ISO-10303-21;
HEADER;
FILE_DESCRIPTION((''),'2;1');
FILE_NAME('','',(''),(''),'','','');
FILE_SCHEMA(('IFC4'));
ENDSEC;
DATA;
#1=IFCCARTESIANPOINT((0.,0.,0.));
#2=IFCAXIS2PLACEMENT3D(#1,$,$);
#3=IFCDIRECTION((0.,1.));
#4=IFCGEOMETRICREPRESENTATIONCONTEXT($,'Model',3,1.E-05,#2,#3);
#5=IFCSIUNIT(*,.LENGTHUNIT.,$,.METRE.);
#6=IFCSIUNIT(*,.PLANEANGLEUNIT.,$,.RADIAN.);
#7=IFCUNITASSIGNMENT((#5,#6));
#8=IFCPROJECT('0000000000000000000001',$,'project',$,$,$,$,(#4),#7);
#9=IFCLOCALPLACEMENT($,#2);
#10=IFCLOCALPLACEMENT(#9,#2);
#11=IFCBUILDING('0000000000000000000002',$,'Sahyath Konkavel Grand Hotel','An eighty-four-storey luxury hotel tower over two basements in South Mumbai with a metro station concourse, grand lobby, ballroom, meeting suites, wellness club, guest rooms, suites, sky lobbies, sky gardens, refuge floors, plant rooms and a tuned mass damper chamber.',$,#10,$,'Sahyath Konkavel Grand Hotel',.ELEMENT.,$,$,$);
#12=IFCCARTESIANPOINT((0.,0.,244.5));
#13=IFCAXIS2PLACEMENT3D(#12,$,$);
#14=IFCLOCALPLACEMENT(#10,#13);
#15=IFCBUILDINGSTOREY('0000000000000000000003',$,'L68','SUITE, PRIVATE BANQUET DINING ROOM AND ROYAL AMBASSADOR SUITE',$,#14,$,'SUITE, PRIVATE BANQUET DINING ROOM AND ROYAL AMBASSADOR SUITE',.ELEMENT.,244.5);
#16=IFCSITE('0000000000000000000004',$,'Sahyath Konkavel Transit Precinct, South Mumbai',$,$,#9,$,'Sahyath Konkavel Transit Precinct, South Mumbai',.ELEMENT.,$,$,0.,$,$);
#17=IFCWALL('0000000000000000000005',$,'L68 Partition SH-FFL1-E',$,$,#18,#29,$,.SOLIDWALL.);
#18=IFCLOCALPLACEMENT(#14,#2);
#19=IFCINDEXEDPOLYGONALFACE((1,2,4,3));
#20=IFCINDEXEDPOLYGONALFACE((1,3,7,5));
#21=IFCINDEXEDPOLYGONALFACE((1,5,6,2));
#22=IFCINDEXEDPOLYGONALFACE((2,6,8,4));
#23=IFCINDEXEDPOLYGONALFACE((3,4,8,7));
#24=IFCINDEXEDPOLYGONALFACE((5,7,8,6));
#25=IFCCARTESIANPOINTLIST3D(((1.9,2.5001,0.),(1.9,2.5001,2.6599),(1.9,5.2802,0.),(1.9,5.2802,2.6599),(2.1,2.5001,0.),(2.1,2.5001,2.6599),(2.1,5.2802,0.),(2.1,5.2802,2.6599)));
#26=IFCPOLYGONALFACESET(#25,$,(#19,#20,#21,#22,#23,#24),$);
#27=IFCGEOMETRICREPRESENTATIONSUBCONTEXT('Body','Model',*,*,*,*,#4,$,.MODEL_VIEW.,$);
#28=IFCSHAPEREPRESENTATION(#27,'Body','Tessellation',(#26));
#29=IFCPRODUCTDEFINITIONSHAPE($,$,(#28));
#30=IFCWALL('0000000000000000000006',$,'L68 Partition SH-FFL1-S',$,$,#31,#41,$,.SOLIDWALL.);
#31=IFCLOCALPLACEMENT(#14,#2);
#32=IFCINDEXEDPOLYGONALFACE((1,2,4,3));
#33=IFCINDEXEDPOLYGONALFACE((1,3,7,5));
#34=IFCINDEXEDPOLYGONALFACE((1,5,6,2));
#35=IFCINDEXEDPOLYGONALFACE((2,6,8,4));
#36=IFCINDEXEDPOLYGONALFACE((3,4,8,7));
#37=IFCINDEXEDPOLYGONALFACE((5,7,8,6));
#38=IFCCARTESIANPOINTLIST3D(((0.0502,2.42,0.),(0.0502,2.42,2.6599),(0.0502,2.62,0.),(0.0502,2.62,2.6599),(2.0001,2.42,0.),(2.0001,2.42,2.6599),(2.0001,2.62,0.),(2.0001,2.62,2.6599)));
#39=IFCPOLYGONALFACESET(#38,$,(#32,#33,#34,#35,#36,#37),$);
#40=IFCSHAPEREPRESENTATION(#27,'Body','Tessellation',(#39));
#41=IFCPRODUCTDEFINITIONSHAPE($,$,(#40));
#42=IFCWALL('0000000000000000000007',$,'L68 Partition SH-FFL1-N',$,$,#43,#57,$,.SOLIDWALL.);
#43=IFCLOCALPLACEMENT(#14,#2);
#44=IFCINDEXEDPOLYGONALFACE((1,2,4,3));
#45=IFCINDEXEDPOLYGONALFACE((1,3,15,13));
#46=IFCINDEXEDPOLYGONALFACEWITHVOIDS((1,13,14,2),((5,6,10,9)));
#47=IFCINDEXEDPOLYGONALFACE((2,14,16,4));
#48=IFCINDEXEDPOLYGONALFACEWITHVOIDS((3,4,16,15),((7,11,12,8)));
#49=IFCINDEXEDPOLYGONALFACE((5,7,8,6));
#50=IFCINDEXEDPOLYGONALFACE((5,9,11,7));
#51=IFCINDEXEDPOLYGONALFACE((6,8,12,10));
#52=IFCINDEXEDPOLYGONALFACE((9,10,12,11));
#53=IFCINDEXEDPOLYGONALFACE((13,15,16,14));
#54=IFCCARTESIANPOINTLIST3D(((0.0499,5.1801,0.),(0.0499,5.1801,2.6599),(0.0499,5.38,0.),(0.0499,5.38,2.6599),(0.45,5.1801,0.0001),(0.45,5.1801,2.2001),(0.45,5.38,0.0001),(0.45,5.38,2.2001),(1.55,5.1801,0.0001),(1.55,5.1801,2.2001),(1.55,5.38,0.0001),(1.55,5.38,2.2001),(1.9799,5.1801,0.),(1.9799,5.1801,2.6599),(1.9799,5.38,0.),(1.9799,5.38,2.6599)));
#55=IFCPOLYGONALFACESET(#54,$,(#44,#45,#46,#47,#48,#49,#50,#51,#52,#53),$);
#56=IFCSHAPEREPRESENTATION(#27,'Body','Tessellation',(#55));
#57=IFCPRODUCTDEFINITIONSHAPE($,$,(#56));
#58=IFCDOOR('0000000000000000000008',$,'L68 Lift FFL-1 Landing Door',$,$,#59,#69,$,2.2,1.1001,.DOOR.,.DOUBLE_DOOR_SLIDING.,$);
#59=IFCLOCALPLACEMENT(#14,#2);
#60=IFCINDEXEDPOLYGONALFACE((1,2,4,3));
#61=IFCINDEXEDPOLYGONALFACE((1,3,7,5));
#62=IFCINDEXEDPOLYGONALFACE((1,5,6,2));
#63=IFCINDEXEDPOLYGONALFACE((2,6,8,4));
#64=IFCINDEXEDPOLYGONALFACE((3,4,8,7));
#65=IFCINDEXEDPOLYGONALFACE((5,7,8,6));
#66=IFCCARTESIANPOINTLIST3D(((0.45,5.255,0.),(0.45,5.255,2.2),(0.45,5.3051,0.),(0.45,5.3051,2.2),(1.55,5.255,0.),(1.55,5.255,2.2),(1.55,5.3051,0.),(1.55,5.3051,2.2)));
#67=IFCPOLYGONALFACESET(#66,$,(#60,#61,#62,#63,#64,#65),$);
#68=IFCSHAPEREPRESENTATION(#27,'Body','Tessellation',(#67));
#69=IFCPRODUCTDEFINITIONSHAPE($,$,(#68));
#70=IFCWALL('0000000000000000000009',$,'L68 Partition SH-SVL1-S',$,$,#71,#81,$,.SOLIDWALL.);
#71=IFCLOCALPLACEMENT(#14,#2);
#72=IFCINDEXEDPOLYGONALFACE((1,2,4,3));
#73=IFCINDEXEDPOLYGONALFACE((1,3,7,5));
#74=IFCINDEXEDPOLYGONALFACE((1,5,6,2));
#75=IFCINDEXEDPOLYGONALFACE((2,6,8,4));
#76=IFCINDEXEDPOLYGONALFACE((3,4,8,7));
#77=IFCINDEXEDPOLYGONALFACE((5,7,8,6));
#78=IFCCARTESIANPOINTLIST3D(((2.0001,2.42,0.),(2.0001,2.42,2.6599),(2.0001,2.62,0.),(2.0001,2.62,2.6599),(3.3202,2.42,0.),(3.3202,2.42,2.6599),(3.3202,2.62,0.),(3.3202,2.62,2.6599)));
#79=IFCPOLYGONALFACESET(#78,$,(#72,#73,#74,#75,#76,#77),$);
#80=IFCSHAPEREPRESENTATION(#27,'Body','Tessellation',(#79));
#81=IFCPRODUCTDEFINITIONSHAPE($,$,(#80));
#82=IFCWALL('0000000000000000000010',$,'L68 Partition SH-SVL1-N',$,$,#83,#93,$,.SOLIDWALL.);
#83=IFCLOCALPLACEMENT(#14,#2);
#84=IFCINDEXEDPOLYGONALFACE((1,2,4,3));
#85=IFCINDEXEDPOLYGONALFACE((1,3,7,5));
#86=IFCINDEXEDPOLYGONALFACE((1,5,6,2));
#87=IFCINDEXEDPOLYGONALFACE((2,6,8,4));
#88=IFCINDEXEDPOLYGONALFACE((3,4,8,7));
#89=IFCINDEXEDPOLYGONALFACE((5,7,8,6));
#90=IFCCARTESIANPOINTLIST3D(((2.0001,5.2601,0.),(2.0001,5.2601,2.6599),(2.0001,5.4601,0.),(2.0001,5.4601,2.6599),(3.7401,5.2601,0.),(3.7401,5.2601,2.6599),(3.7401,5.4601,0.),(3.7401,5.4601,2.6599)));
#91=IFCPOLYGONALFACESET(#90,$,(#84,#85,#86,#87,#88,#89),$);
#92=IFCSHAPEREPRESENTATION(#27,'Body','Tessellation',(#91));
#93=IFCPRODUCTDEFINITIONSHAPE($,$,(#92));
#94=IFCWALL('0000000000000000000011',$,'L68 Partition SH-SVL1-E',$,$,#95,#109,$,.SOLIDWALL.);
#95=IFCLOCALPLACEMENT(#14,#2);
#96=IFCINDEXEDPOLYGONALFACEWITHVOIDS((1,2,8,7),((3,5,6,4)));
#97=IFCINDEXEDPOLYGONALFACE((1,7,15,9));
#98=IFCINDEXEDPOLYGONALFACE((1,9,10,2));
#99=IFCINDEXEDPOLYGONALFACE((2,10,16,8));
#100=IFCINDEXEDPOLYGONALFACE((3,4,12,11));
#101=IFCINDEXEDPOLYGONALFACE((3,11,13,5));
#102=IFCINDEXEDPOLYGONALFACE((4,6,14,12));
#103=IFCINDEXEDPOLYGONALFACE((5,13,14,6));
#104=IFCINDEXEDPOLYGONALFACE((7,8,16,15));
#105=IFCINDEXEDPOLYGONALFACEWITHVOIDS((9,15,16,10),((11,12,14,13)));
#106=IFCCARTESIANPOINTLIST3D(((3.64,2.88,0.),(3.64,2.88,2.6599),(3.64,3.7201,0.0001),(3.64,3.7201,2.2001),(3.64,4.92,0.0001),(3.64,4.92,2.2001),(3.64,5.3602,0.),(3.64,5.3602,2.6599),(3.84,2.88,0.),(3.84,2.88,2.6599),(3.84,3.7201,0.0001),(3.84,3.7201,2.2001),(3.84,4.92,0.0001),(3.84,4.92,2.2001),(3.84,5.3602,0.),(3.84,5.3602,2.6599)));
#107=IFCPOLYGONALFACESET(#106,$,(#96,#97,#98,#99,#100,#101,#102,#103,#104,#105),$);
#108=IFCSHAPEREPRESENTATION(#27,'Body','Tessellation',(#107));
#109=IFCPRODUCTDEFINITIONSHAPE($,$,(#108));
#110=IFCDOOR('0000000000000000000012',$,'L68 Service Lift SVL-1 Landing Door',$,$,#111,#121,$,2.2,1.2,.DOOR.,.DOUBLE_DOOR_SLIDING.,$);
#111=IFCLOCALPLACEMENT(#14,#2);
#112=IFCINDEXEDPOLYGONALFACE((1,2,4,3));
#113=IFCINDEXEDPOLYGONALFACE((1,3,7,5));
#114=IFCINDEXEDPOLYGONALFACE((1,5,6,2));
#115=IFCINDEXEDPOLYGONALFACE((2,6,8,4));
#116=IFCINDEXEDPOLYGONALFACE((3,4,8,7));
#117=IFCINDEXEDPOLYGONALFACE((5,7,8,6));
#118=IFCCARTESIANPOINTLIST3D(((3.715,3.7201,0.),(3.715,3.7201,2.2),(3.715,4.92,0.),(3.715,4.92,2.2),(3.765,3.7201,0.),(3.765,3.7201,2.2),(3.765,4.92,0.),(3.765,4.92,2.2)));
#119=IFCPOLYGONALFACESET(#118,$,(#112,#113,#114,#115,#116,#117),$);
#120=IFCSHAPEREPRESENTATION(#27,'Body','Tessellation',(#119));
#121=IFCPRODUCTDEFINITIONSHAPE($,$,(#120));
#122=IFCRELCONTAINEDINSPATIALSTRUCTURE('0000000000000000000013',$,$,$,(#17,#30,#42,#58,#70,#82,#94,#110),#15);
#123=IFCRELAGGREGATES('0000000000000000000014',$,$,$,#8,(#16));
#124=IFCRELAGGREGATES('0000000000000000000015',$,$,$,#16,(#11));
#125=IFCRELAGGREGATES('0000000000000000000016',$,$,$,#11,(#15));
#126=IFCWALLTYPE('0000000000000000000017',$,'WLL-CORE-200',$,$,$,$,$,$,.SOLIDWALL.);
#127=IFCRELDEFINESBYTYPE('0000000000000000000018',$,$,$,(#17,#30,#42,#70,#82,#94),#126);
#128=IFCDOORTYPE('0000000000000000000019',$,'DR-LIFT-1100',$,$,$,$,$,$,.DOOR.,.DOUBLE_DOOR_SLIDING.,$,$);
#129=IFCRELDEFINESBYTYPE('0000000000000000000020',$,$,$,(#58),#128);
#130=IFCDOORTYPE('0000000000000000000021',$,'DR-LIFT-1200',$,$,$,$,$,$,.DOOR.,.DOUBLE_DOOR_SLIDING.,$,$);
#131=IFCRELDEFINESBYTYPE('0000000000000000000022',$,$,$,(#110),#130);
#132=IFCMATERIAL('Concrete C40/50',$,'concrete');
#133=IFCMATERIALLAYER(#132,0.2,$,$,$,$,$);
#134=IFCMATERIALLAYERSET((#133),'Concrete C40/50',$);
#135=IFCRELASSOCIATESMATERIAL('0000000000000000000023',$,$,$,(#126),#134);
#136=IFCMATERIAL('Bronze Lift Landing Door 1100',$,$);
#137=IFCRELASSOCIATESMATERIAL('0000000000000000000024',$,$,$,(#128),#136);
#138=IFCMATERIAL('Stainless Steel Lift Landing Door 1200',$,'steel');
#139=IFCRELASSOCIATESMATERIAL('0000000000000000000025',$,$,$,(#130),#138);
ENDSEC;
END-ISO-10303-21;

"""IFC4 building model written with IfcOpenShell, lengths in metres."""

from ifc_helpers import new_model, si_unit, direction, frame, frame_2d, origin, origin_2d, place, context, subcontext, project, spatial, rectangle, extrude, source, transform, mapped, material, layer, layer_set, type_object, element, fill, save


model = new_model("IFC4")

# Units and contexts
model_context = context("Model", 3, precision=1e-05, world=origin(), true_north=direction((0.0, 1.0)))
body_context = subcontext(model_context, "Body", "Model", "MODEL_VIEW")
ifc_project = project(units=[si_unit("LENGTHUNIT", "METRE"), si_unit("PLANEANGLEUNIT", "RADIAN")], contexts=[model_context])

# Site, building, storey
site_placement = place(None, origin())
site = spatial("IfcSite", under=ifc_project, at=site_placement, Name="Sahyath Konkavel Transit Precinct, South Mumbai", LongName="Sahyath Konkavel Transit Precinct, South Mumbai", CompositionType="ELEMENT", RefElevation=0.0)
building_placement = place(site_placement, origin())
building = spatial("IfcBuilding", under=site, at=building_placement, Name="Sahyath Konkavel Grand Hotel", Description="An eighty-four-storey luxury hotel tower over two basements in South Mumbai with a metro station concourse, grand lobby, ballroom, meeting suites, wellness club, guest rooms, suites, sky lobbies, sky gardens, refuge floors, plant rooms and a tuned mass damper chamber.", LongName="Sahyath Konkavel Grand Hotel", CompositionType="ELEMENT")
storey_placement = place(building_placement, frame((0.0, 0.0, 244.5)))
storey = spatial("IfcBuildingStorey", under=building, at=storey_placement, Name="L68", Description="SUITE, PRIVATE BANQUET DINING ROOM AND ROYAL AMBASSADOR SUITE", LongName="SUITE, PRIVATE BANQUET DINING ROOM AND ROYAL AMBASSADOR SUITE", CompositionType="ELEMENT", Elevation=244.5)

# Shared definitions
ifc_material_1 = material(Name="Concrete C40/50", Category="concrete")
ifc_layer = layer(ifc_material_1, 0.2)
ifc_layer_set = layer_set([ifc_layer], Name="Concrete C40/50")
wall_type = type_object("IfcWallType", Name="WLL-CORE-200", PredefinedType="SOLIDWALL", material=ifc_layer_set)

# Walls
wall_1_placement = place(storey_placement, frame((2.0, 2.5, 0.0), z_axis=(0.0, 0.0, 1.0), x_axis=(0.0, 1.0, 0.0)))
element("IfcWall", 1, at=wall_1_placement, inside=storey, type_object=wall_type, Name="L68 Partition SH-FFL1-E", PredefinedType="SOLIDWALL", context=body_context, shape_type="SweptSolid", body=[
    extrude(rectangle(XDim=2.78, YDim=0.2, at=frame_2d((1.3901, 0.0))), origin(), (0.0, 0.0, 1.0), 2.6599),
])
wall_2_placement = place(storey_placement, frame((0.05, 2.52, 0.0), z_axis=(0.0, 0.0, 1.0), x_axis=(1.0, 0.0, 0.0)))
element("IfcWall", 2, at=wall_2_placement, inside=storey, type_object=wall_type, Name="L68 Partition SH-FFL1-S", PredefinedType="SOLIDWALL", context=body_context, shape_type="SweptSolid", body=[
    extrude(rectangle(XDim=1.95, YDim=0.2, at=frame_2d((0.9751, 0.0))), origin(), (0.0, 0.0, 1.0), 2.6599),
])

# Wall, opening, door
wall_3_placement = place(storey_placement, frame((0.05, 5.28, 0.0), z_axis=(0.0, 0.0, 1.0), x_axis=(1.0, 0.0, 0.0)))
wall_3 = element("IfcWall", 3, at=wall_3_placement, inside=storey, type_object=wall_type, Name="L68 Partition SH-FFL1-N", PredefinedType="SOLIDWALL", context=body_context, shape_type="SweptSolid", body=[
    extrude(rectangle(XDim=1.9299, YDim=0.2, at=frame_2d((0.9648, 0.0))), origin(), (0.0, 0.0, 1.0), 2.6599),
])
opening_1_placement = place(wall_3_placement, frame((0.3999, 0.0, 0.0)))
opening_1 = element("IfcOpeningElement", 4, at=opening_1_placement, cuts=wall_3, PredefinedType="OPENING", context=body_context, shape_type="SweptSolid", body=[
    extrude(rectangle(XDim=1.1001, YDim=2.2, at=frame_2d((0.55, 1.1001))), frame((0.0, 0.1099, 0.0), z_axis=(0.0, -1.0, 0.0), x_axis=(1.0, 0.0, 0.0)), (0.0, 0.0, 1.0), 0.22),
])
ifc_material_2 = material(Name="Bronze Lift Landing Door 1100")
door_type_1 = type_object("IfcDoorType", Name="DR-LIFT-1100", OperationType="DOUBLE_DOOR_SLIDING", PredefinedType="DOOR", material=ifc_material_2)
shared_shape_1 = source(origin(), body_context, "Body", "SweptSolid", [
    extrude(rectangle(XDim=1.1001, YDim=0.05, at=origin_2d()), origin(), (0.0, 0.0, 1.0), 2.2),
])
door_1_placement = place(opening_1_placement, frame((0.55, 0.0, 0.0)))
door_1 = element("IfcDoor", 5, at=door_1_placement, inside=storey, type_object=door_type_1, Name="L68 Lift FFL-1 Landing Door", OperationType="DOUBLE_DOOR_SLIDING", OverallHeight=2.2, OverallWidth=1.1001, PredefinedType="DOOR", context=body_context, shape_type="MappedRepresentation", body=[
    mapped(shared_shape_1, transform((0.0, 0.0, 0.0), scale=1.0)),
])
fill(opening_1, door_1)

# Walls
wall_4_placement = place(storey_placement, frame((2.0, 2.52, 0.0), z_axis=(0.0, 0.0, 1.0), x_axis=(1.0, 0.0, 0.0)))
element("IfcWall", 6, at=wall_4_placement, inside=storey, type_object=wall_type, Name="L68 Partition SH-SVL1-S", PredefinedType="SOLIDWALL", context=body_context, shape_type="SweptSolid", body=[
    extrude(rectangle(XDim=1.3201, YDim=0.2, at=frame_2d((0.6602, 0.0))), origin(), (0.0, 0.0, 1.0), 2.6599),
])
wall_5_placement = place(storey_placement, frame((2.0, 5.3601, 0.0), z_axis=(0.0, 0.0, 1.0), x_axis=(1.0, 0.0, 0.0)))
element("IfcWall", 7, at=wall_5_placement, inside=storey, type_object=wall_type, Name="L68 Partition SH-SVL1-N", PredefinedType="SOLIDWALL", context=body_context, shape_type="SweptSolid", body=[
    extrude(rectangle(XDim=1.74, YDim=0.2, at=frame_2d((0.8701, 0.0))), origin(), (0.0, 0.0, 1.0), 2.6599),
])

# Wall, opening, door
wall_6_placement = place(storey_placement, frame((3.74, 2.8799, 0.0), z_axis=(0.0, 0.0, 1.0), x_axis=(0.0, 1.0, 0.0)))
wall_6 = element("IfcWall", 8, at=wall_6_placement, inside=storey, type_object=wall_type, Name="L68 Partition SH-SVL1-E", PredefinedType="SOLIDWALL", context=body_context, shape_type="SweptSolid", body=[
    extrude(rectangle(XDim=2.4802, YDim=0.2, at=frame_2d((1.2402, 0.0))), origin(), (0.0, 0.0, 1.0), 2.6599),
])
opening_2_placement = place(wall_6_placement, frame((0.8401, 0.0, 0.0)))
opening_2 = element("IfcOpeningElement", 9, at=opening_2_placement, cuts=wall_6, PredefinedType="OPENING", context=body_context, shape_type="SweptSolid", body=[
    extrude(rectangle(XDim=1.2, YDim=2.2, at=frame_2d((0.6001, 1.1001))), frame((0.0, 0.1099, 0.0), z_axis=(0.0, -1.0, 0.0), x_axis=(1.0, 0.0, 0.0)), (0.0, 0.0, 1.0), 0.22),
])
ifc_material_3 = material(Name="Stainless Steel Lift Landing Door 1200", Category="steel")
door_type_2 = type_object("IfcDoorType", Name="DR-LIFT-1200", OperationType="DOUBLE_DOOR_SLIDING", PredefinedType="DOOR", material=ifc_material_3)
shared_shape_2 = source(origin(), body_context, "Body", "SweptSolid", [
    extrude(rectangle(XDim=1.2, YDim=0.05, at=origin_2d()), origin(), (0.0, 0.0, 1.0), 2.2),
])
door_2_placement = place(opening_2_placement, frame((0.6001, 0.0, 0.0)))
door_2 = element("IfcDoor", 10, at=door_2_placement, inside=storey, type_object=door_type_2, Name="L68 Service Lift SVL-1 Landing Door", OperationType="DOUBLE_DOOR_SLIDING", OverallHeight=2.2, OverallWidth=1.2, PredefinedType="DOOR", context=body_context, shape_type="MappedRepresentation", body=[
    mapped(shared_shape_2, transform((0.0, 0.0, 0.0), scale=1.0)),
])
fill(opening_2, door_2)

save(model, "model.ifc")
